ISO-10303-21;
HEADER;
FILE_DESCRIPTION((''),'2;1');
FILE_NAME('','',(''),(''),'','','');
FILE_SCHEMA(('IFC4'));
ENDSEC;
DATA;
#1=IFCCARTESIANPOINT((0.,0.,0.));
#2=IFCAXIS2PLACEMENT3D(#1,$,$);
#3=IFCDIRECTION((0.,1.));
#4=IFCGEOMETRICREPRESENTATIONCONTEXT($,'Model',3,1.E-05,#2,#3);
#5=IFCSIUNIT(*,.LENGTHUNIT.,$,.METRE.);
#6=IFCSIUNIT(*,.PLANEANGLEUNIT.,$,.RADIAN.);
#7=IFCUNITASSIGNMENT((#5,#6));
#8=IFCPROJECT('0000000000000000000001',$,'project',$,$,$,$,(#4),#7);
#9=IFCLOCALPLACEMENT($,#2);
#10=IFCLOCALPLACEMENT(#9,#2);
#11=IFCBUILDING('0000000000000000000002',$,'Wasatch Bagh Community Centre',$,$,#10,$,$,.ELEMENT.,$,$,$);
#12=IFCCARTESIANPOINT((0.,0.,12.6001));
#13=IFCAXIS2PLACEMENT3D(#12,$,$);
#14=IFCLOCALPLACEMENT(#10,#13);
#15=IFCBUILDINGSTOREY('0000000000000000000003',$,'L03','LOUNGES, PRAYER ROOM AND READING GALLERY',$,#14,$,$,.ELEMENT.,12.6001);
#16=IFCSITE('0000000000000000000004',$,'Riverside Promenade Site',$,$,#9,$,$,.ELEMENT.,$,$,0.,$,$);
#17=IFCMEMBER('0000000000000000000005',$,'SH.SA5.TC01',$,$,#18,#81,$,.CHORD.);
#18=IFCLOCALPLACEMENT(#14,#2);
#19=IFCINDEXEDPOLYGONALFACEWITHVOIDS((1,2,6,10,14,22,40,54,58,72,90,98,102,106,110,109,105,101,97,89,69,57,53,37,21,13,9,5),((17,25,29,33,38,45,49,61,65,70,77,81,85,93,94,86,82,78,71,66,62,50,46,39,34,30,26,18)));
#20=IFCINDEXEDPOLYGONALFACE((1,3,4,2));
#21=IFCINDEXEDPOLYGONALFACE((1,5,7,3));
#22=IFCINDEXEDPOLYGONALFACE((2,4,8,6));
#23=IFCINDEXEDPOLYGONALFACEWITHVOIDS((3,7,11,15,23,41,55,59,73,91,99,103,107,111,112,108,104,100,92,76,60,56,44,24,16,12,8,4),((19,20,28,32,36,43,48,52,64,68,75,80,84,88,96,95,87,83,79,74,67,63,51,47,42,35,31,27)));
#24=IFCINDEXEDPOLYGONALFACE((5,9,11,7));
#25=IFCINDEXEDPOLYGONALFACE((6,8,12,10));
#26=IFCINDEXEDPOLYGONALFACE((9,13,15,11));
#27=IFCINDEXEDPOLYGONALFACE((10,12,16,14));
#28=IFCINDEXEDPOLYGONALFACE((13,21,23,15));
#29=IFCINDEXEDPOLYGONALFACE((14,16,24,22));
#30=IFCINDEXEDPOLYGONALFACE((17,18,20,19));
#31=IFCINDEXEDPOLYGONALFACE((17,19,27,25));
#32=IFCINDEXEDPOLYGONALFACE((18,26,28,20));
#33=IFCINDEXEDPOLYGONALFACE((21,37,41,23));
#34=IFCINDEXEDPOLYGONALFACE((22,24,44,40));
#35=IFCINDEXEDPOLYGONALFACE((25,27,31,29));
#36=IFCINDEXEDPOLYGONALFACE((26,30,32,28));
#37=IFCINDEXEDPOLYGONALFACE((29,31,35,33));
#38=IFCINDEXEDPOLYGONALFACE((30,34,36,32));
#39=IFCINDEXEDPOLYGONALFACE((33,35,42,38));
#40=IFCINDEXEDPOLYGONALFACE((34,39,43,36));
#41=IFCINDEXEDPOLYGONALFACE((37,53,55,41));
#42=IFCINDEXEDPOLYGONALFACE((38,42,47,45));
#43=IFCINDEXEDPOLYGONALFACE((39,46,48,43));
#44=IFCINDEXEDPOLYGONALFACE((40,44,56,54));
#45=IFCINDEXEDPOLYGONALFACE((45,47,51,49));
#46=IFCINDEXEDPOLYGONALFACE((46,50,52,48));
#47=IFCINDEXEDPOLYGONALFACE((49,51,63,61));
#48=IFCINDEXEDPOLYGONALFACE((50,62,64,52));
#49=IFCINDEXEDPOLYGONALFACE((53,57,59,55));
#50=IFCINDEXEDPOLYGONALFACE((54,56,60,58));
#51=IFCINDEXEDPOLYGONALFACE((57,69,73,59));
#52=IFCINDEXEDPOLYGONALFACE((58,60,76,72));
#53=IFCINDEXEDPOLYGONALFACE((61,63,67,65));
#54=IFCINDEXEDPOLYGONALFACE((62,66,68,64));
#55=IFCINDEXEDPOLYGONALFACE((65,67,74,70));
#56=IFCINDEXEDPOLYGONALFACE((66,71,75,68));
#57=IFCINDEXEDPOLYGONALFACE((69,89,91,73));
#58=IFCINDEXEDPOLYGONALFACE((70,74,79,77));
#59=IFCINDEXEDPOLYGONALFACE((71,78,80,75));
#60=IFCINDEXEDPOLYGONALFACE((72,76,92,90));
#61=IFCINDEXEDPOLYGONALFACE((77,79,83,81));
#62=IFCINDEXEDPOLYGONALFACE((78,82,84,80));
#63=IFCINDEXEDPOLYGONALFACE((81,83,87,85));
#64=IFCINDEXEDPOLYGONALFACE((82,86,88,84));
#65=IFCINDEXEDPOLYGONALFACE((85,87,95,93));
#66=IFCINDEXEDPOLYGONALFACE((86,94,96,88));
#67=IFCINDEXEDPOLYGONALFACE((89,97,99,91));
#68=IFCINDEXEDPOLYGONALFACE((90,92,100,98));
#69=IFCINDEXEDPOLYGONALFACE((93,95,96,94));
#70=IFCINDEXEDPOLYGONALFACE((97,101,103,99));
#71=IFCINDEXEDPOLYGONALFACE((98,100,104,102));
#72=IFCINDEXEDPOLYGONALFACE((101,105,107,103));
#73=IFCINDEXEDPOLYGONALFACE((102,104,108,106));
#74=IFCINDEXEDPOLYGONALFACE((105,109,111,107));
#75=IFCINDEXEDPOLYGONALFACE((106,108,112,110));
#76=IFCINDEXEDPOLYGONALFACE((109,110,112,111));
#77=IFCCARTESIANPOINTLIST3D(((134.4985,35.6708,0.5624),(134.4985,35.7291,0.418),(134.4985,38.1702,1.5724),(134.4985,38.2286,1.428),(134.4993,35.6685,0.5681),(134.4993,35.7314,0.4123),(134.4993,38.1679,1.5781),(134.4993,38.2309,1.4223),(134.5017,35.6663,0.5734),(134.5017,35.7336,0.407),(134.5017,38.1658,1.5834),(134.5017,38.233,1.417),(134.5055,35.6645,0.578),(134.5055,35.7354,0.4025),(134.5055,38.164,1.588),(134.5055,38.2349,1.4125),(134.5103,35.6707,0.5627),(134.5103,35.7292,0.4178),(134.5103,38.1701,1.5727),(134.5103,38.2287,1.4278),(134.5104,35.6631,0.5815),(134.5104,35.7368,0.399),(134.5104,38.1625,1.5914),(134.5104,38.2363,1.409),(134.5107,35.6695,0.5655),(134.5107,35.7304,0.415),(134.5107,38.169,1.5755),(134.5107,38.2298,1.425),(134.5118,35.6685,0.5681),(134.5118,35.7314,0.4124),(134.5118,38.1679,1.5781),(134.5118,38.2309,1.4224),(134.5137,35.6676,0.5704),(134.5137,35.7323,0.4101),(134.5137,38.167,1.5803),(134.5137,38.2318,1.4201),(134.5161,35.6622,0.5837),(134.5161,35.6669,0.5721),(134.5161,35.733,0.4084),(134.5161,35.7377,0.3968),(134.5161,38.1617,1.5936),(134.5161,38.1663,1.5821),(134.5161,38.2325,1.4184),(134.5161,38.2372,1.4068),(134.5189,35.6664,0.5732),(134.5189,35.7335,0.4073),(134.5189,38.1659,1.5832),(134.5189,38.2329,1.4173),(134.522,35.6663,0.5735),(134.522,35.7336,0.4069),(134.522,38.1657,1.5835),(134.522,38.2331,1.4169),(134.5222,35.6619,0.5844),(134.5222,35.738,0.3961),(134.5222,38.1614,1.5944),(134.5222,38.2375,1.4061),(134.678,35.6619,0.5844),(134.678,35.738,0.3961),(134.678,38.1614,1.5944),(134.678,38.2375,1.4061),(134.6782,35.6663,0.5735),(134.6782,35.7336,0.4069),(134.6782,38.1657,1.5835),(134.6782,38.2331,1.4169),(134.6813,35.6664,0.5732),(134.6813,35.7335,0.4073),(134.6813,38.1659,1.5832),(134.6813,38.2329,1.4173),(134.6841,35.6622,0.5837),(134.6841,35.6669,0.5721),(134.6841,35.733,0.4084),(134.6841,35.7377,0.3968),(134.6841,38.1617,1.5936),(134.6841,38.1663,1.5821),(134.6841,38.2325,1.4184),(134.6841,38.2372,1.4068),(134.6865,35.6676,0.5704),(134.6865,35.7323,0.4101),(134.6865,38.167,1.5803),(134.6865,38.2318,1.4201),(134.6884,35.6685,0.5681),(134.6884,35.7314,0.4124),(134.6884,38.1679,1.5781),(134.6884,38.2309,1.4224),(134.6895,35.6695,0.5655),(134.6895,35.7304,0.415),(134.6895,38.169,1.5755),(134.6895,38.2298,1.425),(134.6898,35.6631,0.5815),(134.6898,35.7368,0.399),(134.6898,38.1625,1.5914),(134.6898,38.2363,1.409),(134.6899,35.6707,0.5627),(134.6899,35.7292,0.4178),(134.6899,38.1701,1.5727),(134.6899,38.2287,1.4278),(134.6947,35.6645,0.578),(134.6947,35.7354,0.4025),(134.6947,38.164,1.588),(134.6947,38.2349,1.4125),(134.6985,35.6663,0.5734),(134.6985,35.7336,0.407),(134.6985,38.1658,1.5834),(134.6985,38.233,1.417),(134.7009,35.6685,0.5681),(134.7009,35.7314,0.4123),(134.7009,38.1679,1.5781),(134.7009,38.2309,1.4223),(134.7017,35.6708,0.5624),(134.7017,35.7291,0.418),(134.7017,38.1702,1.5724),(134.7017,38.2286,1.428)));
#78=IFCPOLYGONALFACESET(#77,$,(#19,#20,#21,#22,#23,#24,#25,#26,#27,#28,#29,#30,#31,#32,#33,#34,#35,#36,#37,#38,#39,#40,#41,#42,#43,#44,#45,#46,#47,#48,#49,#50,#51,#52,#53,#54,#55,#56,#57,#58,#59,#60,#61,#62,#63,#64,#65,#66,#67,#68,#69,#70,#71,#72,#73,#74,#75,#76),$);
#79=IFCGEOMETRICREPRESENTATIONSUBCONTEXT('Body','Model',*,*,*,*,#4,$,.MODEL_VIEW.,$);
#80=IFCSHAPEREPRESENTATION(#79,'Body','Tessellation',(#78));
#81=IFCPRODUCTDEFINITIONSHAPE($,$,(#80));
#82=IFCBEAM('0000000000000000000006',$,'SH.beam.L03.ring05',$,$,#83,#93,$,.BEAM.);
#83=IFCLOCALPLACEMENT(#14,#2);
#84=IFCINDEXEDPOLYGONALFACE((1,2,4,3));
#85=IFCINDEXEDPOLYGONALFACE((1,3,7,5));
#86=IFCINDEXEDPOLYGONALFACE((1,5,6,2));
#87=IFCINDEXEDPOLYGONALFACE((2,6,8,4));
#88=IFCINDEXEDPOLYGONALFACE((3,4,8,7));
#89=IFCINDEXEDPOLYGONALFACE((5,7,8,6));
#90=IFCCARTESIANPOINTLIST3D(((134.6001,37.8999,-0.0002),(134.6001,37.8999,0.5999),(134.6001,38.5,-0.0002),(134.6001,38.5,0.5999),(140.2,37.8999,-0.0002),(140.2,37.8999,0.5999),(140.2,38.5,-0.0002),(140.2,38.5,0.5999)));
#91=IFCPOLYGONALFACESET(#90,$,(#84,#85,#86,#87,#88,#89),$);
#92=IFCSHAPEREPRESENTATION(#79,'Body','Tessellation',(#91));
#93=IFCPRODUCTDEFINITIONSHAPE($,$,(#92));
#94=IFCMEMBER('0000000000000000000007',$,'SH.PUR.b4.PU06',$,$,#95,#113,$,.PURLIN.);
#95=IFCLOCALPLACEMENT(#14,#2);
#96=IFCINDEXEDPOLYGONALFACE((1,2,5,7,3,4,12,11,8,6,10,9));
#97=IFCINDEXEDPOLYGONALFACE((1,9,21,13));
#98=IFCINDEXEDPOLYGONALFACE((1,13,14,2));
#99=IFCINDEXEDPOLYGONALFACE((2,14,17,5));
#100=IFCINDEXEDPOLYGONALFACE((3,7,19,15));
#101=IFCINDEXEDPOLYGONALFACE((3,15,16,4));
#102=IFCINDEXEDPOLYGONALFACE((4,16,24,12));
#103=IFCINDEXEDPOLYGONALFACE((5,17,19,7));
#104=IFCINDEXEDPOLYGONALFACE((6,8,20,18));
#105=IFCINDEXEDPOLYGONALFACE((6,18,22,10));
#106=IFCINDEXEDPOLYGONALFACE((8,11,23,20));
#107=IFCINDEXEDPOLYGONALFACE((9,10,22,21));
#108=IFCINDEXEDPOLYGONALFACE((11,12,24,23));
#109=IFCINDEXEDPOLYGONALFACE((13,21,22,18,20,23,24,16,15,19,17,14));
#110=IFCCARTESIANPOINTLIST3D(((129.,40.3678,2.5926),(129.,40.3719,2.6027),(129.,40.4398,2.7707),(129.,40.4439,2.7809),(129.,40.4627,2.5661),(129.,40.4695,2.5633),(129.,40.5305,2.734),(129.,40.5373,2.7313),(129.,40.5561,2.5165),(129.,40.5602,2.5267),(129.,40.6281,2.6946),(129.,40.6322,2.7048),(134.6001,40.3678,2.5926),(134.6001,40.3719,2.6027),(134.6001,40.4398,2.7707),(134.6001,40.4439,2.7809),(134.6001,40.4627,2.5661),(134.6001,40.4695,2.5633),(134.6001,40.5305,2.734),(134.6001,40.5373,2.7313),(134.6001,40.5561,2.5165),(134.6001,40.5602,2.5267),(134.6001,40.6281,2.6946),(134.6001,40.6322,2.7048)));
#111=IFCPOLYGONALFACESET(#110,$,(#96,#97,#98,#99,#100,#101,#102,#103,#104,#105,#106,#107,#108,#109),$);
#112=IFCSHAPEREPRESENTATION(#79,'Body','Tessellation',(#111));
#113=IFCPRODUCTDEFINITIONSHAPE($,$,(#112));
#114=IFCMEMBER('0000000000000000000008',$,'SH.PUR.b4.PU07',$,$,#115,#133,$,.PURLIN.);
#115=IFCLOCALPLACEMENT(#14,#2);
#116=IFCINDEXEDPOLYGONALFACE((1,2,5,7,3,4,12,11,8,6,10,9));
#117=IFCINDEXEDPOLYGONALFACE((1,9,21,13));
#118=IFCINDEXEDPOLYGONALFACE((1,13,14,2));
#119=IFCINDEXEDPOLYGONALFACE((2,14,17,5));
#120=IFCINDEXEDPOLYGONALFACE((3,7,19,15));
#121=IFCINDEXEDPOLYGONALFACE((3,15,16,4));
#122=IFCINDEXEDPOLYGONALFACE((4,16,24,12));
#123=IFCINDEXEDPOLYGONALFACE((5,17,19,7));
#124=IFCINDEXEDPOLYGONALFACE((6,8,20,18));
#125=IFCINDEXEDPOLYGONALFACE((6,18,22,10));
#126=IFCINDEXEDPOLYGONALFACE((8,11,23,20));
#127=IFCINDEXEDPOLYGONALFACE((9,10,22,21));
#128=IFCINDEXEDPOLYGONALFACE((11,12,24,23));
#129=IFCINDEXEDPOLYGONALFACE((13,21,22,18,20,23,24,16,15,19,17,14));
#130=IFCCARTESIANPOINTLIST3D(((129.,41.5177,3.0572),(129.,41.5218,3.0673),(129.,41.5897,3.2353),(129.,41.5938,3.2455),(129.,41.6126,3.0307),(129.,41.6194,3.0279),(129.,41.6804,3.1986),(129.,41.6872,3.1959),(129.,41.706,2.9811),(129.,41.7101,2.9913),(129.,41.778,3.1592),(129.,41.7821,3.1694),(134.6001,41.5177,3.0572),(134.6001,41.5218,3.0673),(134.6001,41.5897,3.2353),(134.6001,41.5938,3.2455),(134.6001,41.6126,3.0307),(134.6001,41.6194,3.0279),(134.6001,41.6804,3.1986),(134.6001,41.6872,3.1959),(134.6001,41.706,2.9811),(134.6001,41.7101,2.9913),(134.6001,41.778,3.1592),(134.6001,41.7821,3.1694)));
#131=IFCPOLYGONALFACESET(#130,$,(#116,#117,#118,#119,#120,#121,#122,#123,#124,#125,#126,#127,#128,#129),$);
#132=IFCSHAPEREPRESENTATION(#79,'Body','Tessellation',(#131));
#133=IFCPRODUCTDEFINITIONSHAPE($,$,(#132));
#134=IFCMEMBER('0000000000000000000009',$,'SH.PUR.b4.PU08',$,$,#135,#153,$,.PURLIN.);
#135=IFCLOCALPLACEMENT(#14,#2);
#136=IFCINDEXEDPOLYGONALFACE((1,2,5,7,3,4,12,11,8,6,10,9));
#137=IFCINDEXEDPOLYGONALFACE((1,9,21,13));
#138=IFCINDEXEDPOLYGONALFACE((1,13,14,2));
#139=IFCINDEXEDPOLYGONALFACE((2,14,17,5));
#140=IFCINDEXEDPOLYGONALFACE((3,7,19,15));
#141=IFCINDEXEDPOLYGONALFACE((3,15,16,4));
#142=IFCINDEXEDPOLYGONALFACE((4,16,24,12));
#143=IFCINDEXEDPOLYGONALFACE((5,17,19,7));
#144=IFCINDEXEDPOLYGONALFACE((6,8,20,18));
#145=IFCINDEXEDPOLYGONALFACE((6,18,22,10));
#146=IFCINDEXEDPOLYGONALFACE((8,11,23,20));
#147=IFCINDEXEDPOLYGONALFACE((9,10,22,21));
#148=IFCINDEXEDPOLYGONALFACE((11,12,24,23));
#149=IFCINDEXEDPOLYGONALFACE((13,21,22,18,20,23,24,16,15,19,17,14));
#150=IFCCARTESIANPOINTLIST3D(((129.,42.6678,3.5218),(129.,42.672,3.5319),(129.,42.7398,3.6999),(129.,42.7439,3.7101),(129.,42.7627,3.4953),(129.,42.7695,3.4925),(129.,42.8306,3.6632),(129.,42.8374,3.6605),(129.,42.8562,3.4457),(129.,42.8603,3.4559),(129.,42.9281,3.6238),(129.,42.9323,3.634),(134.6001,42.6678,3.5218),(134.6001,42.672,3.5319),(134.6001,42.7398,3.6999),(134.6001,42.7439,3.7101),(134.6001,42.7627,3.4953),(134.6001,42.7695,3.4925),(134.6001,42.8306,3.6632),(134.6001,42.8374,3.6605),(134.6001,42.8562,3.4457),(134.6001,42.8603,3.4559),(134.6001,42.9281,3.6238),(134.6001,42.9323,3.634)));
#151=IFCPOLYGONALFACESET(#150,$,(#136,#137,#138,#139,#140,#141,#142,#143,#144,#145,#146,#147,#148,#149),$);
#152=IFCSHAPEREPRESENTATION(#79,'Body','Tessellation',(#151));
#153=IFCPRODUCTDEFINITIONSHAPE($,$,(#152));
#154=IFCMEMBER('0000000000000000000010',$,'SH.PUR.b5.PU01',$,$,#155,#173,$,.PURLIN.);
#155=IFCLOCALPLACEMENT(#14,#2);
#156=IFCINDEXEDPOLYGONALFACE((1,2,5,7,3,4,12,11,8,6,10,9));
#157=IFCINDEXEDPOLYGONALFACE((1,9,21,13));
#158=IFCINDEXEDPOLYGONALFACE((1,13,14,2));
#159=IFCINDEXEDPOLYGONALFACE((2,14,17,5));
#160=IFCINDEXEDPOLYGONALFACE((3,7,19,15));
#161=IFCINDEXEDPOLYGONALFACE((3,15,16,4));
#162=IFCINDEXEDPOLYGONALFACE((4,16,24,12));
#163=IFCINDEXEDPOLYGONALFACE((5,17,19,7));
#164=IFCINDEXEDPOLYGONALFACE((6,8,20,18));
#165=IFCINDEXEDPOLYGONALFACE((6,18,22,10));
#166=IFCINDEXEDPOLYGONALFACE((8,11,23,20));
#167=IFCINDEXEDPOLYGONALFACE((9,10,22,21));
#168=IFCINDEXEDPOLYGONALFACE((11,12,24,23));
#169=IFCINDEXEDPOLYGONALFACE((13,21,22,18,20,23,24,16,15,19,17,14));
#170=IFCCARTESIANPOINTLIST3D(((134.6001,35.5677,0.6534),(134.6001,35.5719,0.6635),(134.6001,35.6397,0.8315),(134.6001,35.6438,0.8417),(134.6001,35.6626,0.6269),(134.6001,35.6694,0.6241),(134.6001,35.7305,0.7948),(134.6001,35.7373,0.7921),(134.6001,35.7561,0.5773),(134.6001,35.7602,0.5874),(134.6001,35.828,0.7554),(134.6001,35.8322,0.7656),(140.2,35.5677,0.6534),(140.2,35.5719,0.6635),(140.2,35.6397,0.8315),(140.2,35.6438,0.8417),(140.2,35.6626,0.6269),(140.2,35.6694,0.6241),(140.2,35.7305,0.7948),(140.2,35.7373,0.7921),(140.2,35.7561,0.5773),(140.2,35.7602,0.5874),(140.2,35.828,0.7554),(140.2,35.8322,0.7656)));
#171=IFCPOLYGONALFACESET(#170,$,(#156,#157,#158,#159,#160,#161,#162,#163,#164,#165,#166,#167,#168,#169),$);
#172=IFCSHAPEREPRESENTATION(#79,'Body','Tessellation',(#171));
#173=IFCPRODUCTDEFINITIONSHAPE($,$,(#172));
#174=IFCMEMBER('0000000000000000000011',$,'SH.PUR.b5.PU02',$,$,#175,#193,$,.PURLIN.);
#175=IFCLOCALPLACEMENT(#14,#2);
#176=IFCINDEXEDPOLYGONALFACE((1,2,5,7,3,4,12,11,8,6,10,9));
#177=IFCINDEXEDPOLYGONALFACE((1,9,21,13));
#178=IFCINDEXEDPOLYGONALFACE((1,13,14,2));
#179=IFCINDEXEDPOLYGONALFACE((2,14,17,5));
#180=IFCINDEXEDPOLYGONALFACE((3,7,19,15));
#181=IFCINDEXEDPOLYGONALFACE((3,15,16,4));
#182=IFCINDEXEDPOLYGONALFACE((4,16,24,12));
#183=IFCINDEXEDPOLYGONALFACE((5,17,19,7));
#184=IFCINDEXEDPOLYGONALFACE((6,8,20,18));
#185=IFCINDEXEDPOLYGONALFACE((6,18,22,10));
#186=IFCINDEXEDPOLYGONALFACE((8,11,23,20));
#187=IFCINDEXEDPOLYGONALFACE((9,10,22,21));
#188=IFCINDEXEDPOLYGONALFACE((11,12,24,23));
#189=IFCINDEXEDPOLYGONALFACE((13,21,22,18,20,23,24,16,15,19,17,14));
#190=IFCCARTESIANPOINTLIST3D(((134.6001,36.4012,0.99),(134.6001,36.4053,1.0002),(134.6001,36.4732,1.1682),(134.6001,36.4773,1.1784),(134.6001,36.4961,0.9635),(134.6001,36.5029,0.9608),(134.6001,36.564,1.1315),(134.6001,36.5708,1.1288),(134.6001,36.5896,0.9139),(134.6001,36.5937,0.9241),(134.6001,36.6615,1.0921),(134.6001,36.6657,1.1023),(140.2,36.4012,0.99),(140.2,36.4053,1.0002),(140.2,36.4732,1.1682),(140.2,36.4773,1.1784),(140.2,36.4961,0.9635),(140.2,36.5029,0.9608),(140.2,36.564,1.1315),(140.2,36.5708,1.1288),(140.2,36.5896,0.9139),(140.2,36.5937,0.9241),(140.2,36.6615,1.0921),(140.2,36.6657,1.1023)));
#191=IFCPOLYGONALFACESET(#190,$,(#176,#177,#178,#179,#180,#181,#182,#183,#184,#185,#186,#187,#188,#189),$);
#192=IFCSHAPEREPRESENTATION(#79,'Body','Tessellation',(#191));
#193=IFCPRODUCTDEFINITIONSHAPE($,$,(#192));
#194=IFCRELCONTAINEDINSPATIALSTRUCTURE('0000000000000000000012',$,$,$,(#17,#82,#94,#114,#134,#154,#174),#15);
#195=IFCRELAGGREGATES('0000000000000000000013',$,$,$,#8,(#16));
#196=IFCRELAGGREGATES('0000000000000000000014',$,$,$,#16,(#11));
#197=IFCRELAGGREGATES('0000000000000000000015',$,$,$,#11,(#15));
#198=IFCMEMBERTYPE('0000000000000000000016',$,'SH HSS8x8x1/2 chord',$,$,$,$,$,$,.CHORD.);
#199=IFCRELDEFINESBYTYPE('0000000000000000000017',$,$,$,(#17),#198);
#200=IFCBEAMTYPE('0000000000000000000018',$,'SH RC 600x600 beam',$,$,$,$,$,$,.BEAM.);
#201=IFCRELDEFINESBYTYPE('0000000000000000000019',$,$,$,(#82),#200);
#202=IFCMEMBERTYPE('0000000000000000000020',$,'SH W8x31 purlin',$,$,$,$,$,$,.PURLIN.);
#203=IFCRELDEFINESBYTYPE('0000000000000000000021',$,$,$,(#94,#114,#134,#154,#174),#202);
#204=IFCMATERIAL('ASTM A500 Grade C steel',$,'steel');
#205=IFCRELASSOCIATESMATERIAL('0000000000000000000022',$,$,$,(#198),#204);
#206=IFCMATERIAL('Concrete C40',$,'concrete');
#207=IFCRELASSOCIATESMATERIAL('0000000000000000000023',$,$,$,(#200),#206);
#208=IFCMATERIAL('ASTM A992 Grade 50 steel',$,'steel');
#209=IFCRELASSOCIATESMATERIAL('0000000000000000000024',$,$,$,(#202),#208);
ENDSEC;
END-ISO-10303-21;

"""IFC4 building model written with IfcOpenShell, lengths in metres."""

from ifc_helpers import new_model, si_unit, direction, frame, origin, origin_2d, place, context, subcontext, project, spatial, rectangle, hollow_rectangle, i_section, extrude, material, material_profile, profile_set, type_object, element, save


model = new_model("IFC4")

# Units and contexts
model_context = context("Model", 3, precision=1e-05, world=origin(), true_north=direction((0.0, 1.0)))
body_context = subcontext(model_context, "Body", "Model", "MODEL_VIEW")
ifc_project = project(units=[si_unit("LENGTHUNIT", "METRE"), si_unit("PLANEANGLEUNIT", "RADIAN")], contexts=[model_context])

# Site, building, storey
site_placement = place(None, origin())
site = spatial("IfcSite", under=ifc_project, at=site_placement, Name="Riverside Promenade Site", CompositionType="ELEMENT", RefElevation=0.0)
building_placement = place(site_placement, origin())
building = spatial("IfcBuilding", under=site, at=building_placement, Name="Wasatch Bagh Community Centre", CompositionType="ELEMENT")
storey_placement = place(building_placement, frame((0.0, 0.0, 12.6001)))
storey = spatial("IfcBuildingStorey", under=building, at=storey_placement, Name="L03", Description="LOUNGES, PRAYER ROOM AND READING GALLERY", CompositionType="ELEMENT", Elevation=12.6001)

# Shared definitions
ifc_material_1 = material(Name="Concrete C40", Category="concrete")

# Member
ifc_material_2 = material(Name="ASTM A500 Grade C steel", Category="steel")
ifc_material_profile_1 = material_profile(ifc_material_2, hollow_rectangle(XDim=0.2031, YDim=0.2031, WallThickness=0.0117, InnerFilletRadius=0.0117, OuterFilletRadius=0.0237, at=origin_2d()), Name="HSS8x8x1/2")
ifc_profile_set_1 = profile_set([ifc_material_profile_1], Name="ASTM A500 Grade C steel")
member_type_1 = type_object("IfcMemberType", Name="SH HSS8x8x1/2 chord", PredefinedType="CHORD", material=ifc_profile_set_1)
member_1_placement = place(storey_placement, frame((134.6001, 35.7, 0.4902), z_axis=(0.0, 0.927166, 0.374652), x_axis=(-1.0, 0.0, 0.0)))
element("IfcMember", 1, at=member_1_placement, inside=storey, type_object=member_type_1, Name="SH.SA5.TC01", PredefinedType="CHORD", context=body_context, shape_type="SweptSolid", body=[
    extrude(hollow_rectangle(XDim=0.2031, YDim=0.2031, WallThickness=0.0117, InnerFilletRadius=0.0117, OuterFilletRadius=0.0237, at=origin_2d()), origin(), (0.0, 0.0, 1.0), 2.6958),
])

# Beam
ifc_material_profile_2 = material_profile(ifc_material_1, rectangle(XDim=0.6001, YDim=0.6001, at=origin_2d()), Name="RC 600x600")
ifc_profile_set_2 = profile_set([ifc_material_profile_2], Name="Concrete C40")
beam_type = type_object("IfcBeamType", Name="SH RC 600x600 beam", PredefinedType="BEAM", material=ifc_profile_set_2)
beam_placement = place(storey_placement, frame((134.6001, 38.2, 0.2998), z_axis=(1.0, 0.0, 0.0), x_axis=(0.0, 1.0, 0.0)))
element("IfcBeam", 2, at=beam_placement, inside=storey, type_object=beam_type, Name="SH.beam.L03.ring05", PredefinedType="BEAM", context=body_context, shape_type="SweptSolid", body=[
    extrude(rectangle(XDim=0.6001, YDim=0.6001, at=origin_2d()), origin(), (0.0, 0.0, 1.0), 5.5999),
])

# Members
ifc_material_3 = material(Name="ASTM A992 Grade 50 steel", Category="steel")
ifc_material_profile_3 = material_profile(ifc_material_3, i_section(OverallWidth=0.2031, OverallDepth=0.2031, WebThickness=0.0073, FlangeThickness=0.011, at=origin_2d()), Name="W8x31")
ifc_profile_set_3 = profile_set([ifc_material_profile_3], Name="ASTM A992 Grade 50 steel")
member_type_2 = type_object("IfcMemberType", Name="SH W8x31 purlin", PredefinedType="PURLIN", material=ifc_profile_set_3)
for number, where, z_axis, x_axis, name in (
    (3, (129.0, 40.5, 2.6487), (1.0, 0.0, 0.0), (0.0, 0.927184, -0.374607), "SH.PUR.b4.PU06"),
    (4, (129.0, 41.6499, 3.1133), (1.0, 0.0, 0.0), (0.0, 0.927184, -0.374607), "SH.PUR.b4.PU07"),
    (5, (129.0, 42.8, 3.5779), (1.0, 0.0, 0.0), (0.0, 0.927184, -0.374607), "SH.PUR.b4.PU08"),
):
    element("IfcMember", number, at=place(storey_placement, frame(where, z_axis=z_axis, x_axis=x_axis)), inside=storey, type_object=member_type_2, Name=name, PredefinedType="PURLIN", context=body_context, shape_type="SweptSolid", body=[
        extrude(i_section(OverallWidth=0.2031, OverallDepth=0.2031, WebThickness=0.0073, FlangeThickness=0.011, at=origin_2d()), origin(), (0.0, 0.0, 1.0), 5.6001),
    ])
for number, where, z_axis, x_axis, name in (
    (6, (134.6001, 35.7, 0.7095), (1.0, 0.0, 0.0), (0.0, 0.927184, -0.374607), "SH.PUR.b5.PU01"),
    (7, (134.6001, 36.5334, 1.0461), (1.0, 0.0, 0.0), (0.0, 0.927184, -0.374607), "SH.PUR.b5.PU02"),
):
    element("IfcMember", number, at=place(storey_placement, frame(where, z_axis=z_axis, x_axis=x_axis)), inside=storey, type_object=member_type_2, Name=name, PredefinedType="PURLIN", context=body_context, shape_type="SweptSolid", body=[
        extrude(i_section(OverallWidth=0.2031, OverallDepth=0.2031, WebThickness=0.0073, FlangeThickness=0.011, at=origin_2d()), origin(), (0.0, 0.0, 1.0), 5.5999),
    ])

save(model, "model.ifc")
